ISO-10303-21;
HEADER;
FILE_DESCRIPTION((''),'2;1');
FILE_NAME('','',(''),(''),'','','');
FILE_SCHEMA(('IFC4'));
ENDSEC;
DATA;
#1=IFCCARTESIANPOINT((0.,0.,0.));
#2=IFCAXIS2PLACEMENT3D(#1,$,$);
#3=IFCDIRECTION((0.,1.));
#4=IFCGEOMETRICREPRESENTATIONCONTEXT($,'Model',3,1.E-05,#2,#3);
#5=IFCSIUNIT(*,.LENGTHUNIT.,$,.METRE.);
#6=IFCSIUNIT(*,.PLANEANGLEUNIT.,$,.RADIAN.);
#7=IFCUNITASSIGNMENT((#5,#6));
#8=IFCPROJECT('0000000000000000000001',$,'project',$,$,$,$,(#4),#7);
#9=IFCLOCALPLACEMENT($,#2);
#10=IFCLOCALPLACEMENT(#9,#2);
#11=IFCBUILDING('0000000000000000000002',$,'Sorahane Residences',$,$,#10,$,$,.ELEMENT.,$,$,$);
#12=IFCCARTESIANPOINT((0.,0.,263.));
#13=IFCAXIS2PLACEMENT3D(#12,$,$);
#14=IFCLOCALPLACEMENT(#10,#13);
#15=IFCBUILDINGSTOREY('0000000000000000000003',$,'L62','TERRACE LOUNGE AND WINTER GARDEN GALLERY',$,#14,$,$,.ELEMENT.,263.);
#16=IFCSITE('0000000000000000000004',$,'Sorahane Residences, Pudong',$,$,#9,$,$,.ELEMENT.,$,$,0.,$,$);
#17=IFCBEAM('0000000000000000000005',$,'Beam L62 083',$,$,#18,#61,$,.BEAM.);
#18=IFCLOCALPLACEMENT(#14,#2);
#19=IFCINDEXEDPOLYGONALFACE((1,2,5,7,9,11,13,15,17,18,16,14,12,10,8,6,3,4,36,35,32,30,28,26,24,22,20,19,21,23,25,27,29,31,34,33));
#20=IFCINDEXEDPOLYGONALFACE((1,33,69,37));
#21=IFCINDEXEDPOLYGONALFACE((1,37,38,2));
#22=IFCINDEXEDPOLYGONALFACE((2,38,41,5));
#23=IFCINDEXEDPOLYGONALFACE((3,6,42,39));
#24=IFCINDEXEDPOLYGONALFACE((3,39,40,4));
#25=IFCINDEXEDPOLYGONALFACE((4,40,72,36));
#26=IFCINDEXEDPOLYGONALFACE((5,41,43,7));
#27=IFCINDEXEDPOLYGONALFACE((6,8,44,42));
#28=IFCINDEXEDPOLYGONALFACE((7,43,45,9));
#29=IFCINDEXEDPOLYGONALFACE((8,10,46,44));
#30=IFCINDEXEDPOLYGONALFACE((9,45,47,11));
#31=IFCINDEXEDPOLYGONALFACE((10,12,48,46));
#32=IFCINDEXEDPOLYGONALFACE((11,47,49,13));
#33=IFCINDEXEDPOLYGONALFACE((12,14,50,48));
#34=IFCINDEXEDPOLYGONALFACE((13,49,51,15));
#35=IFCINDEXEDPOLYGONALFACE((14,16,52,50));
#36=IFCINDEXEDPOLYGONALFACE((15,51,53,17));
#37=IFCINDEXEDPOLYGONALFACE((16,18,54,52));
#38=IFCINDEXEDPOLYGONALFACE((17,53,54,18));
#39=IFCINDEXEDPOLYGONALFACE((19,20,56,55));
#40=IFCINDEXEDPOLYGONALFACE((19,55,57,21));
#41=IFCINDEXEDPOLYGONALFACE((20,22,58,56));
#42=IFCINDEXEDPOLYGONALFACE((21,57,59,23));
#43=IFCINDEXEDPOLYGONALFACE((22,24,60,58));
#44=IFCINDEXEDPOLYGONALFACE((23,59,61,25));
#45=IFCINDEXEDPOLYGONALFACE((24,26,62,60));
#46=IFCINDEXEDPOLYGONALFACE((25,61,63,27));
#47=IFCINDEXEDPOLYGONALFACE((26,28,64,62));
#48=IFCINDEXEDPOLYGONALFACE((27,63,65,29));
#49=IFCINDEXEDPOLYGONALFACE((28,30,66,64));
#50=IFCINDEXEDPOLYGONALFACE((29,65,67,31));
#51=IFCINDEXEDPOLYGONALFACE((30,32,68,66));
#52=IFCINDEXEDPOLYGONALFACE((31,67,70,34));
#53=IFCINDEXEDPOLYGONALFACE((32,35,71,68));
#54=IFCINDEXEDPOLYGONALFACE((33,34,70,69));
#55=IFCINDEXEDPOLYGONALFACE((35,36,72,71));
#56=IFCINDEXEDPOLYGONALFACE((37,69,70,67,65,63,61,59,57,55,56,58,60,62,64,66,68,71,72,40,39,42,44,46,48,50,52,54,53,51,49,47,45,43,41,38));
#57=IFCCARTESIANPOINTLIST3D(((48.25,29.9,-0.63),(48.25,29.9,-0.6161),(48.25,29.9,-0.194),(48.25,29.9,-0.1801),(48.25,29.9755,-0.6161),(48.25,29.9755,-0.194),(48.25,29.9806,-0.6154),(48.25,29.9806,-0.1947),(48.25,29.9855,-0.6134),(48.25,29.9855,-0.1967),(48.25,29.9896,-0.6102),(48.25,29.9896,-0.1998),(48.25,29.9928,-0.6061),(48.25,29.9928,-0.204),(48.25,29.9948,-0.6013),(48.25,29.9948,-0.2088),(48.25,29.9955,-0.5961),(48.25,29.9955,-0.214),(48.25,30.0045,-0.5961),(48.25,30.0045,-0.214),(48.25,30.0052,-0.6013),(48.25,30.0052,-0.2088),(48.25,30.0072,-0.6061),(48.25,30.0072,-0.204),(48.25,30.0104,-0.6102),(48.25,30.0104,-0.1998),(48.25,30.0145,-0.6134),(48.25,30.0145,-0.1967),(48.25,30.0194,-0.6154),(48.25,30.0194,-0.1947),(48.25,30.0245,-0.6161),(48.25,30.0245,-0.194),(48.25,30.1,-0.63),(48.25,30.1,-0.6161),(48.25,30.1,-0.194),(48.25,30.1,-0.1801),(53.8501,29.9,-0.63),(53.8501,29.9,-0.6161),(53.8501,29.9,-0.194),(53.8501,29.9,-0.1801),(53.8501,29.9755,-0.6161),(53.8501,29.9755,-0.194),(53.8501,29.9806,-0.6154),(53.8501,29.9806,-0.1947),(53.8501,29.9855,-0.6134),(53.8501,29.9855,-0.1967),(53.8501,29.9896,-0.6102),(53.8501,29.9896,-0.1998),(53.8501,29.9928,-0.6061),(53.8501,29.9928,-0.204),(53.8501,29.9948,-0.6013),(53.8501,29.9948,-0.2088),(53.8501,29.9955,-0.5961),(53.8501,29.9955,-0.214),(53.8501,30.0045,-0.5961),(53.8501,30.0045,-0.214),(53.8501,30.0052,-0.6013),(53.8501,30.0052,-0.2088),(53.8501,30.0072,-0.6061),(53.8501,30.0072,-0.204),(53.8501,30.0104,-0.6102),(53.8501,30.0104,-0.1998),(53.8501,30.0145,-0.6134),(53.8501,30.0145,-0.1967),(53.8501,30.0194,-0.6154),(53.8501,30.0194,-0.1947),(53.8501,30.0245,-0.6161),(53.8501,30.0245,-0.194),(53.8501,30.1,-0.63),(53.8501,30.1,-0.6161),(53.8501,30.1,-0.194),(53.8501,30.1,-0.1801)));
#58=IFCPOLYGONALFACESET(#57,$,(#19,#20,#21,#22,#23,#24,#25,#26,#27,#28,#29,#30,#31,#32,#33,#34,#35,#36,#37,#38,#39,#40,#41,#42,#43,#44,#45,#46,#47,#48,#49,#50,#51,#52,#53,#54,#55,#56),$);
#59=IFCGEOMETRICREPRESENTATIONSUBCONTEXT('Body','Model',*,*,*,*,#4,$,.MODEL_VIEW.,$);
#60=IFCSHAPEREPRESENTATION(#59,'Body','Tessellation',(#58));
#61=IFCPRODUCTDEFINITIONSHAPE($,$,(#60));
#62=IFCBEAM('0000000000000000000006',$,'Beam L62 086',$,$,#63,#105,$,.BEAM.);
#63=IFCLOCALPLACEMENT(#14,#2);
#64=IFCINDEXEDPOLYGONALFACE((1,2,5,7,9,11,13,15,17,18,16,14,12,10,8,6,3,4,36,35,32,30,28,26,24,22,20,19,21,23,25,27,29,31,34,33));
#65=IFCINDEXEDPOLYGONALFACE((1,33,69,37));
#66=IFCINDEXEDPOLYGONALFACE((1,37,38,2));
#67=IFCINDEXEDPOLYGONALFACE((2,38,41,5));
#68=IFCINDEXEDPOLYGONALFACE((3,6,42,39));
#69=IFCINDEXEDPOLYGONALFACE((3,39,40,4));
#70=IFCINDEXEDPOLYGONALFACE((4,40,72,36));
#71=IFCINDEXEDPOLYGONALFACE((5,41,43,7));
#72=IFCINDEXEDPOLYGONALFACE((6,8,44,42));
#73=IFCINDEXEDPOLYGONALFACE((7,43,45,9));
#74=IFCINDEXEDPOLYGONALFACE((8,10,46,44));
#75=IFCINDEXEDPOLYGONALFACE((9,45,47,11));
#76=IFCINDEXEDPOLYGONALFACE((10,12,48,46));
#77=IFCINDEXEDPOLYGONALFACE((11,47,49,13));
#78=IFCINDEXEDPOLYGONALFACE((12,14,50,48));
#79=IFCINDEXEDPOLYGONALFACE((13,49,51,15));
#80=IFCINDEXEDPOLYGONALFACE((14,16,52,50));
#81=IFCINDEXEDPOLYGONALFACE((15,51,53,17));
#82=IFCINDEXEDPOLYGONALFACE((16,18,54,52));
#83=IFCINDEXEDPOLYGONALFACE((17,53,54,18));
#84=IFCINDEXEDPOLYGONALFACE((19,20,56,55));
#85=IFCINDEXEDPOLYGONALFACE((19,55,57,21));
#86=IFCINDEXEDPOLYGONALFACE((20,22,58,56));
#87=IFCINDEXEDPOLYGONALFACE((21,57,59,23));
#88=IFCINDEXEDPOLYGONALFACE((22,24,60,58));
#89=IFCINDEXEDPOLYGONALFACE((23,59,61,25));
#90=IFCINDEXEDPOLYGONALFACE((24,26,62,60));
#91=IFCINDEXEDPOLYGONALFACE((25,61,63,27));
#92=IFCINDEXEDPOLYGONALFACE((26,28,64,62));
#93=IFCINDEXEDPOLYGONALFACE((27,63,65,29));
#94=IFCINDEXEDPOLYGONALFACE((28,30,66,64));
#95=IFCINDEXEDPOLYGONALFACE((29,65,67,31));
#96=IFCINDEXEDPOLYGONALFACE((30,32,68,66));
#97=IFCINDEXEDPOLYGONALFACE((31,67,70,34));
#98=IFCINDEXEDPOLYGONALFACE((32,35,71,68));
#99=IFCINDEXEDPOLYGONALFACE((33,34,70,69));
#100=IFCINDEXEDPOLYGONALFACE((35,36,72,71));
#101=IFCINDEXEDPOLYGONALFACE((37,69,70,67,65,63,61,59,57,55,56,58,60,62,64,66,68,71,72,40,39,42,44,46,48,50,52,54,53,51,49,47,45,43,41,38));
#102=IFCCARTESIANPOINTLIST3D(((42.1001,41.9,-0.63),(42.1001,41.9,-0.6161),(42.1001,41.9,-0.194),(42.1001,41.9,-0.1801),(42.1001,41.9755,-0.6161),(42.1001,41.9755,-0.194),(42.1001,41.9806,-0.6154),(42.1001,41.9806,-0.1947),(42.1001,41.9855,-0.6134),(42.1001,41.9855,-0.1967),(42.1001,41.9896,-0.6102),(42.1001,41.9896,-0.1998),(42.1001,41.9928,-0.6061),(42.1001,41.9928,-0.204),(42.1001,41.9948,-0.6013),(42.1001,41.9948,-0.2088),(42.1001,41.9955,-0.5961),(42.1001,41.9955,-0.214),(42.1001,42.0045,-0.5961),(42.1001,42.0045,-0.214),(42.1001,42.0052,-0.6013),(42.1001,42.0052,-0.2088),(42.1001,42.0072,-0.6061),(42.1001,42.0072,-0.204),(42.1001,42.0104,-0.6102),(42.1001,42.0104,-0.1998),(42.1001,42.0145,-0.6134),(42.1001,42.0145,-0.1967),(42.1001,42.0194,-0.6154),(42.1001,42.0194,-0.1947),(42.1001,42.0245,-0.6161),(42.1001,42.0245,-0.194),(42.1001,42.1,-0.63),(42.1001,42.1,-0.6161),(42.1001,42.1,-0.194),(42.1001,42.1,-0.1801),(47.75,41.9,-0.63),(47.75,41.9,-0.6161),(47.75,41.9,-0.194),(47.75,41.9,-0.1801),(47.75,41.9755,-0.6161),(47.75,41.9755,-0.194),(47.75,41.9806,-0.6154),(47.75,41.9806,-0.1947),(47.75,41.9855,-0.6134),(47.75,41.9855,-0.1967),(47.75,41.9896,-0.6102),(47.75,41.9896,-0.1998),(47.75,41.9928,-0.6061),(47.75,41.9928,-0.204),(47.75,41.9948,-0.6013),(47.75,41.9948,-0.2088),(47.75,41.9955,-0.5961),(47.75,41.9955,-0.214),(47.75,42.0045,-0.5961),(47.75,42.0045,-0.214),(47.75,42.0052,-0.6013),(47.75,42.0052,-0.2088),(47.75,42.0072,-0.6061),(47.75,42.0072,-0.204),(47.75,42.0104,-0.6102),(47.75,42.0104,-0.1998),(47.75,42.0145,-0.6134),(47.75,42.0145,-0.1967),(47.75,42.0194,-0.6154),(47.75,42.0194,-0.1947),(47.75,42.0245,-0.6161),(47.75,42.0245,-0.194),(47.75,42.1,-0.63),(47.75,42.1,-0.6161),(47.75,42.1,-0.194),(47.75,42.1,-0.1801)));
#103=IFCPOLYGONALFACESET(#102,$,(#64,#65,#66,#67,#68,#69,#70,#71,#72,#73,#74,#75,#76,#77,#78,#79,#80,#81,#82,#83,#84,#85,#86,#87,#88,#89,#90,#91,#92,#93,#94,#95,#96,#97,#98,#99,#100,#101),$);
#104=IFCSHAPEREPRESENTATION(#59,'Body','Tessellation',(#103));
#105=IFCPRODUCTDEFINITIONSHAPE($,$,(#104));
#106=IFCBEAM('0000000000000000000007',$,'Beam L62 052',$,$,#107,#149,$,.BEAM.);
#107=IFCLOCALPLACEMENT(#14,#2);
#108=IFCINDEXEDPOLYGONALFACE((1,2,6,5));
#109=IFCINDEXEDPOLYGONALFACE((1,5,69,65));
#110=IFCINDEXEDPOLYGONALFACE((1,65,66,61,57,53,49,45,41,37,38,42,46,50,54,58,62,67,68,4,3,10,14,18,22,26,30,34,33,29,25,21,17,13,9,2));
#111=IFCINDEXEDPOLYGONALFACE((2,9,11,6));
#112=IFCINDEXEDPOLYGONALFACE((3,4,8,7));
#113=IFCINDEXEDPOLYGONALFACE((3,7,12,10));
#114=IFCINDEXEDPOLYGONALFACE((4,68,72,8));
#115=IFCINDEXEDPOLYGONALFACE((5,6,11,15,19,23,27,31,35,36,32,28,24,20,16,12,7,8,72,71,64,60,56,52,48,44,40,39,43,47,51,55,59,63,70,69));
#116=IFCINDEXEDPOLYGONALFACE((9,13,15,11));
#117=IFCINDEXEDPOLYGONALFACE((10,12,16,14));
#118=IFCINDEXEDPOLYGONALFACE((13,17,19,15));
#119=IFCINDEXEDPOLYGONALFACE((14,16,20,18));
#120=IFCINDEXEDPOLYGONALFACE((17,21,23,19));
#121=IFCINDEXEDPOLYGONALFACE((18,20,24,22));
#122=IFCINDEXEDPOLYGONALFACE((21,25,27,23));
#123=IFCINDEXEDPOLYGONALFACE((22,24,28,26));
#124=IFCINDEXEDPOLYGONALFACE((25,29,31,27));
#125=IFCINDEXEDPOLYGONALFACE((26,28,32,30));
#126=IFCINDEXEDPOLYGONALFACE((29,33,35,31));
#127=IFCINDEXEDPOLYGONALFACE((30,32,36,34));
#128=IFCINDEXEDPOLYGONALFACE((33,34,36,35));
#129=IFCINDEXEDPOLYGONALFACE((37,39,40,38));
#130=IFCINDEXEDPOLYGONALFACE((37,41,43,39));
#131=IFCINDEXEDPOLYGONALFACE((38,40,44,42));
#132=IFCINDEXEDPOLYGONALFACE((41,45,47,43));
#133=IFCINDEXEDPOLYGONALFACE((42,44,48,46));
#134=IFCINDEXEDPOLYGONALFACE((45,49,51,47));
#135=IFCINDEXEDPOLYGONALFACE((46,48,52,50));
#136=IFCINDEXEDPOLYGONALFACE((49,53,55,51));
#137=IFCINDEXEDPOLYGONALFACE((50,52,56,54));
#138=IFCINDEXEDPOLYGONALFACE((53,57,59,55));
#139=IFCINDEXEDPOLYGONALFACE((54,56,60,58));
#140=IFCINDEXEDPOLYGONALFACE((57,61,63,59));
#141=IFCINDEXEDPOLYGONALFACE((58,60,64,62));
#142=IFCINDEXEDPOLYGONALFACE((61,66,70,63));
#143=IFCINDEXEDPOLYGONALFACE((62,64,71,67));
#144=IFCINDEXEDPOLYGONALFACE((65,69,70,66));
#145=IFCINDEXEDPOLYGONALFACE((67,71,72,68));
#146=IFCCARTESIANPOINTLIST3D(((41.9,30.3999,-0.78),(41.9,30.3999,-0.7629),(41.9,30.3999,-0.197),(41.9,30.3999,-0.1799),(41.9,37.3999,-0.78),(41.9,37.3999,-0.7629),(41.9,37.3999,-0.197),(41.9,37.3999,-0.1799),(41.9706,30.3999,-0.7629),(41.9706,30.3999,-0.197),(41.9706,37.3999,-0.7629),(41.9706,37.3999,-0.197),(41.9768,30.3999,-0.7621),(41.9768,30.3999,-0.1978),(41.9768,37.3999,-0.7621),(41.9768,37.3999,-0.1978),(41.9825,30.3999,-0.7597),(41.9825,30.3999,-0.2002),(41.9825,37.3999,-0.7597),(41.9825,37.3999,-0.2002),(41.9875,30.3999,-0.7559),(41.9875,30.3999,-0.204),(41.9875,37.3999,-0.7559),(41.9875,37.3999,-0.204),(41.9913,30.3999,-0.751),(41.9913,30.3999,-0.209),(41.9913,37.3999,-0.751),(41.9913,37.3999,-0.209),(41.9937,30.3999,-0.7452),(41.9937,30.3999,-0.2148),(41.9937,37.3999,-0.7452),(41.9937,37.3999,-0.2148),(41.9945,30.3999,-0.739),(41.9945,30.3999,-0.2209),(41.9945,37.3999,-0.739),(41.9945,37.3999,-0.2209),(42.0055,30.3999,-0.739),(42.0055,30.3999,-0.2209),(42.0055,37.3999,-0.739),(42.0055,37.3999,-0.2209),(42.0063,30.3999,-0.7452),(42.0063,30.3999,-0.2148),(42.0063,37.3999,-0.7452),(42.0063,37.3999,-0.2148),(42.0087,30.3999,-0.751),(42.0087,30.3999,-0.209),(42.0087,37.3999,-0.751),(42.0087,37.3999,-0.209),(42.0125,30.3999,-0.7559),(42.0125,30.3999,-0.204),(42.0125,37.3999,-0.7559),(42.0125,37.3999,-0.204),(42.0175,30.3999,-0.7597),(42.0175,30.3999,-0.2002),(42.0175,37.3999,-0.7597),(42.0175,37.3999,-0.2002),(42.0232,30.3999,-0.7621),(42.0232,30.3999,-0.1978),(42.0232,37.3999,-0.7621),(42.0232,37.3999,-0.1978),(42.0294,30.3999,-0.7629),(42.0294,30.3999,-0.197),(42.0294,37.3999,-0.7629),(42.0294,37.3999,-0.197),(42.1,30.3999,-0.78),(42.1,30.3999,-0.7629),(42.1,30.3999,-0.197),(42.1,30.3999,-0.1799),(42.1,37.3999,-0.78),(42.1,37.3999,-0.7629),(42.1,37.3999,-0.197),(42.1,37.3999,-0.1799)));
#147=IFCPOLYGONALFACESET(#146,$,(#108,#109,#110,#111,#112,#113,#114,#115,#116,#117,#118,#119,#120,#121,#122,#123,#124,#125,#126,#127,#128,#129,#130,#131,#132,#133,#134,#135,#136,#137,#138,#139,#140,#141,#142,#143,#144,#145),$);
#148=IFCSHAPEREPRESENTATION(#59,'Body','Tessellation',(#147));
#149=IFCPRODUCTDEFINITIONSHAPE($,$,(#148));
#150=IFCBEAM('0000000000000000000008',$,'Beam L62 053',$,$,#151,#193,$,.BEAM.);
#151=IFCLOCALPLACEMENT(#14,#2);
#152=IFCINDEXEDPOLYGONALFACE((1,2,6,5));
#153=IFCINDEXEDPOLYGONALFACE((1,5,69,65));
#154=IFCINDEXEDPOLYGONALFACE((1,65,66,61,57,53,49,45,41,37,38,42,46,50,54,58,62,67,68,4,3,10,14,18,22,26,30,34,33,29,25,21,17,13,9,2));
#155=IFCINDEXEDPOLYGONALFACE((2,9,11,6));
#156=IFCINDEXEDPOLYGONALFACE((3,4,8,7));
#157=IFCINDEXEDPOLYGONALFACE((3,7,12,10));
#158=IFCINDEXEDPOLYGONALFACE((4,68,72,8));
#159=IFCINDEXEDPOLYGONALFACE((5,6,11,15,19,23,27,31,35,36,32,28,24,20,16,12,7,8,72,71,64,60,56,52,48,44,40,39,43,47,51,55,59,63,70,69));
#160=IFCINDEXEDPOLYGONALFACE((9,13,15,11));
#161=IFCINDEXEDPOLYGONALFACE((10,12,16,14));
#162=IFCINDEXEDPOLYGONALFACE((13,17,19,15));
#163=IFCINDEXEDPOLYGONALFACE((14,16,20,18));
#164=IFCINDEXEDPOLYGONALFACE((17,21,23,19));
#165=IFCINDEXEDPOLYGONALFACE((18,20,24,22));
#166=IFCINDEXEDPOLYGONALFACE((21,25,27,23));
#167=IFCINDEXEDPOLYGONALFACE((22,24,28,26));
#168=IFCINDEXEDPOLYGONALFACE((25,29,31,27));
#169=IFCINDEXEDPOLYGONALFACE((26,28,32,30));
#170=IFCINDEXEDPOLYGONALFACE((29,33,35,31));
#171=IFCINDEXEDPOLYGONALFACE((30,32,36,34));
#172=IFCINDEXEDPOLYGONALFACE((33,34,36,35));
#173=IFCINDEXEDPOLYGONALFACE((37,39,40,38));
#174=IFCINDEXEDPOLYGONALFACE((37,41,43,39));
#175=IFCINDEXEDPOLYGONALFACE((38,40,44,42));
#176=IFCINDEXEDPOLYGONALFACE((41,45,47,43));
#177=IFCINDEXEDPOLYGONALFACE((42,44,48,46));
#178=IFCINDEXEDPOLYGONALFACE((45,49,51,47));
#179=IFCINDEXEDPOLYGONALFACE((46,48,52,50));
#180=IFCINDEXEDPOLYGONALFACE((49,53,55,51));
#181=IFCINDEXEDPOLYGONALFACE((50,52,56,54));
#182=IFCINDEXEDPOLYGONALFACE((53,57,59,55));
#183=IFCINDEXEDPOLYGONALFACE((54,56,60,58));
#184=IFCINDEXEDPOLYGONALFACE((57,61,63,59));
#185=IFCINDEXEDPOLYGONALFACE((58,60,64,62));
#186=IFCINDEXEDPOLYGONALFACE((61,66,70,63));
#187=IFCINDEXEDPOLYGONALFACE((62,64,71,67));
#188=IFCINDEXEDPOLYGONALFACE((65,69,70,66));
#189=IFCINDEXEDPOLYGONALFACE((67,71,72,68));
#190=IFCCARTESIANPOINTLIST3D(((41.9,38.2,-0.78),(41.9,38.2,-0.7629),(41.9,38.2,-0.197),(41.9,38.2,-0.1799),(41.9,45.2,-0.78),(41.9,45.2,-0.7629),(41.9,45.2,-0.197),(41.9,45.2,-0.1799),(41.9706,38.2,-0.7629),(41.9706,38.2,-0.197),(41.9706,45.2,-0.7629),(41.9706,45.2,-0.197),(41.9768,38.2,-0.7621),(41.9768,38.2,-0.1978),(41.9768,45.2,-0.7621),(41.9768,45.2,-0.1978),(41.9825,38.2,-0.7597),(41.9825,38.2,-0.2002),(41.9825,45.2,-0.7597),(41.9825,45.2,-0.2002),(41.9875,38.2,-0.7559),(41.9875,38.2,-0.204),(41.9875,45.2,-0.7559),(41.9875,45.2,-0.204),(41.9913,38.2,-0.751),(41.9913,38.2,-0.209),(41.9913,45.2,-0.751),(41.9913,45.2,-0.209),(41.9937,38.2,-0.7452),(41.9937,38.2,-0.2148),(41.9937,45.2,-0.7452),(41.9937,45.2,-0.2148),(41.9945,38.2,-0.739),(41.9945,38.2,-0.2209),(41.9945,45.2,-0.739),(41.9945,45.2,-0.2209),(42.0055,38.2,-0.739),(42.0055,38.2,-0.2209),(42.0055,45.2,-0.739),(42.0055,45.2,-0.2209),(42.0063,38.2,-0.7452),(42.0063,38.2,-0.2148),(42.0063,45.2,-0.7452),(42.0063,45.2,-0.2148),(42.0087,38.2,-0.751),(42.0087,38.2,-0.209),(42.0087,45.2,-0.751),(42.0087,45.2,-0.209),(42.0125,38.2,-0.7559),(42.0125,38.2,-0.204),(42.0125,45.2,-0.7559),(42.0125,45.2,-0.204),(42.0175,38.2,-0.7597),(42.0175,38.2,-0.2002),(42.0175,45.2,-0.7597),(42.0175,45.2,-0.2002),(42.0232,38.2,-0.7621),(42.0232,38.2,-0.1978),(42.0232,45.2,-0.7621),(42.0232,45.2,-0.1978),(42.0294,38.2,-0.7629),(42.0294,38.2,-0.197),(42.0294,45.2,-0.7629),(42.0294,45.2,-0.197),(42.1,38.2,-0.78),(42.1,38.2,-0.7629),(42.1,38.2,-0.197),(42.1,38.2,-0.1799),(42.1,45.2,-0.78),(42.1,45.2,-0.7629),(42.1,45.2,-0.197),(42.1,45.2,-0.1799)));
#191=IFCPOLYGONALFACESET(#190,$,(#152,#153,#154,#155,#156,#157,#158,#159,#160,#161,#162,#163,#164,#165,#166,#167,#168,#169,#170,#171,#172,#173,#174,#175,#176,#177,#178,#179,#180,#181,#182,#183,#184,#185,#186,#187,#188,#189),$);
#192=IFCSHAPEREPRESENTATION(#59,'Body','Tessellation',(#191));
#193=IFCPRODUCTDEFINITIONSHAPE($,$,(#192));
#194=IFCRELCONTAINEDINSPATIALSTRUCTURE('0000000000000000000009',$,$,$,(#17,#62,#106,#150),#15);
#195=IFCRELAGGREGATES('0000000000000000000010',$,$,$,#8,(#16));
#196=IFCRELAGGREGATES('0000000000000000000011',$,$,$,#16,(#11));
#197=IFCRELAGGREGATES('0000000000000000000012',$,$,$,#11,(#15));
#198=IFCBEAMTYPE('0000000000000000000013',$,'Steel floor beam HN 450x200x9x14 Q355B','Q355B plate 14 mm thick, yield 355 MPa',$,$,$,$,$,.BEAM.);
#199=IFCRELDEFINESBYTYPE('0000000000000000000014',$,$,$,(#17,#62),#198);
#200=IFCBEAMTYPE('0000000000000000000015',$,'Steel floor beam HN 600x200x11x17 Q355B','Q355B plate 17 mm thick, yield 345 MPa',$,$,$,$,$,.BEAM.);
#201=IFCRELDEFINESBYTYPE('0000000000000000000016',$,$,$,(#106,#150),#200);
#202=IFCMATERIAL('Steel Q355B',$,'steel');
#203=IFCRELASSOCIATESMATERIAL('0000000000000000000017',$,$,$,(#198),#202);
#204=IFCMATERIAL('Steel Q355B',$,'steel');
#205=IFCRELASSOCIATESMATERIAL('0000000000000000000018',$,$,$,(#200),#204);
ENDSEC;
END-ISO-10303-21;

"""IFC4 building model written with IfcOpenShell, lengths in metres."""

from ifc_helpers import new_model, si_unit, direction, frame, origin, origin_2d, place, context, subcontext, project, spatial, i_section, extrude, material, material_profile, profile_set, type_object, element, save


model = new_model("IFC4")

# Units and contexts
model_context = context("Model", 3, precision=1e-05, world=origin(), true_north=direction((0.0, 1.0)))
body_context = subcontext(model_context, "Body", "Model", "MODEL_VIEW")
ifc_project = project(units=[si_unit("LENGTHUNIT", "METRE"), si_unit("PLANEANGLEUNIT", "RADIAN")], contexts=[model_context])

# Site, building, storey
site_placement = place(None, origin())
site = spatial("IfcSite", under=ifc_project, at=site_placement, Name="Sorahane Residences, Pudong", CompositionType="ELEMENT", RefElevation=0.0)
building_placement = place(site_placement, origin())
building = spatial("IfcBuilding", under=site, at=building_placement, Name="Sorahane Residences", CompositionType="ELEMENT")
storey_placement = place(building_placement, frame((0.0, 0.0, 263.0)))
storey = spatial("IfcBuildingStorey", under=building, at=storey_placement, Name="L62", Description="TERRACE LOUNGE AND WINTER GARDEN GALLERY", CompositionType="ELEMENT", Elevation=263.0)

# Beams
ifc_material_1 = material(Name="Steel Q355B", Category="steel")
ifc_material_profile_1 = material_profile(ifc_material_1, i_section(OverallWidth=0.2, OverallDepth=0.45, WebThickness=0.009, FlangeThickness=0.0139, FilletRadius=0.02, at=origin_2d()), Name="HN 450x200x9x14")
ifc_profile_set_1 = profile_set([ifc_material_profile_1], Name="Steel Q355B")
beam_type_1 = type_object("IfcBeamType", Name="Steel floor beam HN 450x200x9x14 Q355B", Description="Q355B plate 14 mm thick, yield 355 MPa", PredefinedType="BEAM", material=ifc_profile_set_1)
beam_1_placement = place(storey_placement, frame((48.25, 30.0, -0.405), z_axis=(1.0, 0.0, 0.0), x_axis=(0.0, 1.0, 0.0)))
element("IfcBeam", 1, at=beam_1_placement, inside=storey, type_object=beam_type_1, Name="Beam L62 083", PredefinedType="BEAM", context=body_context, shape_type="SweptSolid", body=[
    extrude(i_section(OverallWidth=0.2, OverallDepth=0.45, WebThickness=0.009, FlangeThickness=0.0139, FilletRadius=0.02, at=origin_2d()), origin(), (0.0, 0.0, 1.0), 5.6001),
])
beam_2_placement = place(storey_placement, frame((42.1001, 42.0, -0.405), z_axis=(1.0, 0.0, 0.0), x_axis=(0.0, 1.0, 0.0)))
element("IfcBeam", 2, at=beam_2_placement, inside=storey, type_object=beam_type_1, Name="Beam L62 086", PredefinedType="BEAM", context=body_context, shape_type="SweptSolid", body=[
    extrude(i_section(OverallWidth=0.2, OverallDepth=0.45, WebThickness=0.009, FlangeThickness=0.0139, FilletRadius=0.02, at=origin_2d()), origin(), (0.0, 0.0, 1.0), 5.6499),
])
ifc_material_2 = material(Name="Steel Q355B", Category="steel")
ifc_material_profile_2 = material_profile(ifc_material_2, i_section(OverallWidth=0.2, OverallDepth=0.6001, WebThickness=0.011, FlangeThickness=0.0171, FilletRadius=0.0239, at=origin_2d()), Name="HN 600x200x11x17")
ifc_profile_set_2 = profile_set([ifc_material_profile_2], Name="Steel Q355B")
beam_type_2 = type_object("IfcBeamType", Name="Steel floor beam HN 600x200x11x17 Q355B", Description="Q355B plate 17 mm thick, yield 345 MPa", PredefinedType="BEAM", material=ifc_profile_set_2)
for number, where, z_axis, x_axis, name in (
    (3, (42.0, 30.3999, -0.48), (0.0, 1.0, 0.0), (-1.0, 0.0, 0.0), "Beam L62 052"),
    (4, (42.0, 38.2, -0.48), (0.0, 1.0, 0.0), (-1.0, 0.0, 0.0), "Beam L62 053"),
):
    element("IfcBeam", number, at=place(storey_placement, frame(where, z_axis=z_axis, x_axis=x_axis)), inside=storey, type_object=beam_type_2, Name=name, PredefinedType="BEAM", context=body_context, shape_type="SweptSolid", body=[
        extrude(i_section(OverallWidth=0.2, OverallDepth=0.6001, WebThickness=0.011, FlangeThickness=0.0171, FilletRadius=0.0239, at=origin_2d()), origin(), (0.0, 0.0, 1.0), 7.0),
    ])

save(model, "model.ifc")
